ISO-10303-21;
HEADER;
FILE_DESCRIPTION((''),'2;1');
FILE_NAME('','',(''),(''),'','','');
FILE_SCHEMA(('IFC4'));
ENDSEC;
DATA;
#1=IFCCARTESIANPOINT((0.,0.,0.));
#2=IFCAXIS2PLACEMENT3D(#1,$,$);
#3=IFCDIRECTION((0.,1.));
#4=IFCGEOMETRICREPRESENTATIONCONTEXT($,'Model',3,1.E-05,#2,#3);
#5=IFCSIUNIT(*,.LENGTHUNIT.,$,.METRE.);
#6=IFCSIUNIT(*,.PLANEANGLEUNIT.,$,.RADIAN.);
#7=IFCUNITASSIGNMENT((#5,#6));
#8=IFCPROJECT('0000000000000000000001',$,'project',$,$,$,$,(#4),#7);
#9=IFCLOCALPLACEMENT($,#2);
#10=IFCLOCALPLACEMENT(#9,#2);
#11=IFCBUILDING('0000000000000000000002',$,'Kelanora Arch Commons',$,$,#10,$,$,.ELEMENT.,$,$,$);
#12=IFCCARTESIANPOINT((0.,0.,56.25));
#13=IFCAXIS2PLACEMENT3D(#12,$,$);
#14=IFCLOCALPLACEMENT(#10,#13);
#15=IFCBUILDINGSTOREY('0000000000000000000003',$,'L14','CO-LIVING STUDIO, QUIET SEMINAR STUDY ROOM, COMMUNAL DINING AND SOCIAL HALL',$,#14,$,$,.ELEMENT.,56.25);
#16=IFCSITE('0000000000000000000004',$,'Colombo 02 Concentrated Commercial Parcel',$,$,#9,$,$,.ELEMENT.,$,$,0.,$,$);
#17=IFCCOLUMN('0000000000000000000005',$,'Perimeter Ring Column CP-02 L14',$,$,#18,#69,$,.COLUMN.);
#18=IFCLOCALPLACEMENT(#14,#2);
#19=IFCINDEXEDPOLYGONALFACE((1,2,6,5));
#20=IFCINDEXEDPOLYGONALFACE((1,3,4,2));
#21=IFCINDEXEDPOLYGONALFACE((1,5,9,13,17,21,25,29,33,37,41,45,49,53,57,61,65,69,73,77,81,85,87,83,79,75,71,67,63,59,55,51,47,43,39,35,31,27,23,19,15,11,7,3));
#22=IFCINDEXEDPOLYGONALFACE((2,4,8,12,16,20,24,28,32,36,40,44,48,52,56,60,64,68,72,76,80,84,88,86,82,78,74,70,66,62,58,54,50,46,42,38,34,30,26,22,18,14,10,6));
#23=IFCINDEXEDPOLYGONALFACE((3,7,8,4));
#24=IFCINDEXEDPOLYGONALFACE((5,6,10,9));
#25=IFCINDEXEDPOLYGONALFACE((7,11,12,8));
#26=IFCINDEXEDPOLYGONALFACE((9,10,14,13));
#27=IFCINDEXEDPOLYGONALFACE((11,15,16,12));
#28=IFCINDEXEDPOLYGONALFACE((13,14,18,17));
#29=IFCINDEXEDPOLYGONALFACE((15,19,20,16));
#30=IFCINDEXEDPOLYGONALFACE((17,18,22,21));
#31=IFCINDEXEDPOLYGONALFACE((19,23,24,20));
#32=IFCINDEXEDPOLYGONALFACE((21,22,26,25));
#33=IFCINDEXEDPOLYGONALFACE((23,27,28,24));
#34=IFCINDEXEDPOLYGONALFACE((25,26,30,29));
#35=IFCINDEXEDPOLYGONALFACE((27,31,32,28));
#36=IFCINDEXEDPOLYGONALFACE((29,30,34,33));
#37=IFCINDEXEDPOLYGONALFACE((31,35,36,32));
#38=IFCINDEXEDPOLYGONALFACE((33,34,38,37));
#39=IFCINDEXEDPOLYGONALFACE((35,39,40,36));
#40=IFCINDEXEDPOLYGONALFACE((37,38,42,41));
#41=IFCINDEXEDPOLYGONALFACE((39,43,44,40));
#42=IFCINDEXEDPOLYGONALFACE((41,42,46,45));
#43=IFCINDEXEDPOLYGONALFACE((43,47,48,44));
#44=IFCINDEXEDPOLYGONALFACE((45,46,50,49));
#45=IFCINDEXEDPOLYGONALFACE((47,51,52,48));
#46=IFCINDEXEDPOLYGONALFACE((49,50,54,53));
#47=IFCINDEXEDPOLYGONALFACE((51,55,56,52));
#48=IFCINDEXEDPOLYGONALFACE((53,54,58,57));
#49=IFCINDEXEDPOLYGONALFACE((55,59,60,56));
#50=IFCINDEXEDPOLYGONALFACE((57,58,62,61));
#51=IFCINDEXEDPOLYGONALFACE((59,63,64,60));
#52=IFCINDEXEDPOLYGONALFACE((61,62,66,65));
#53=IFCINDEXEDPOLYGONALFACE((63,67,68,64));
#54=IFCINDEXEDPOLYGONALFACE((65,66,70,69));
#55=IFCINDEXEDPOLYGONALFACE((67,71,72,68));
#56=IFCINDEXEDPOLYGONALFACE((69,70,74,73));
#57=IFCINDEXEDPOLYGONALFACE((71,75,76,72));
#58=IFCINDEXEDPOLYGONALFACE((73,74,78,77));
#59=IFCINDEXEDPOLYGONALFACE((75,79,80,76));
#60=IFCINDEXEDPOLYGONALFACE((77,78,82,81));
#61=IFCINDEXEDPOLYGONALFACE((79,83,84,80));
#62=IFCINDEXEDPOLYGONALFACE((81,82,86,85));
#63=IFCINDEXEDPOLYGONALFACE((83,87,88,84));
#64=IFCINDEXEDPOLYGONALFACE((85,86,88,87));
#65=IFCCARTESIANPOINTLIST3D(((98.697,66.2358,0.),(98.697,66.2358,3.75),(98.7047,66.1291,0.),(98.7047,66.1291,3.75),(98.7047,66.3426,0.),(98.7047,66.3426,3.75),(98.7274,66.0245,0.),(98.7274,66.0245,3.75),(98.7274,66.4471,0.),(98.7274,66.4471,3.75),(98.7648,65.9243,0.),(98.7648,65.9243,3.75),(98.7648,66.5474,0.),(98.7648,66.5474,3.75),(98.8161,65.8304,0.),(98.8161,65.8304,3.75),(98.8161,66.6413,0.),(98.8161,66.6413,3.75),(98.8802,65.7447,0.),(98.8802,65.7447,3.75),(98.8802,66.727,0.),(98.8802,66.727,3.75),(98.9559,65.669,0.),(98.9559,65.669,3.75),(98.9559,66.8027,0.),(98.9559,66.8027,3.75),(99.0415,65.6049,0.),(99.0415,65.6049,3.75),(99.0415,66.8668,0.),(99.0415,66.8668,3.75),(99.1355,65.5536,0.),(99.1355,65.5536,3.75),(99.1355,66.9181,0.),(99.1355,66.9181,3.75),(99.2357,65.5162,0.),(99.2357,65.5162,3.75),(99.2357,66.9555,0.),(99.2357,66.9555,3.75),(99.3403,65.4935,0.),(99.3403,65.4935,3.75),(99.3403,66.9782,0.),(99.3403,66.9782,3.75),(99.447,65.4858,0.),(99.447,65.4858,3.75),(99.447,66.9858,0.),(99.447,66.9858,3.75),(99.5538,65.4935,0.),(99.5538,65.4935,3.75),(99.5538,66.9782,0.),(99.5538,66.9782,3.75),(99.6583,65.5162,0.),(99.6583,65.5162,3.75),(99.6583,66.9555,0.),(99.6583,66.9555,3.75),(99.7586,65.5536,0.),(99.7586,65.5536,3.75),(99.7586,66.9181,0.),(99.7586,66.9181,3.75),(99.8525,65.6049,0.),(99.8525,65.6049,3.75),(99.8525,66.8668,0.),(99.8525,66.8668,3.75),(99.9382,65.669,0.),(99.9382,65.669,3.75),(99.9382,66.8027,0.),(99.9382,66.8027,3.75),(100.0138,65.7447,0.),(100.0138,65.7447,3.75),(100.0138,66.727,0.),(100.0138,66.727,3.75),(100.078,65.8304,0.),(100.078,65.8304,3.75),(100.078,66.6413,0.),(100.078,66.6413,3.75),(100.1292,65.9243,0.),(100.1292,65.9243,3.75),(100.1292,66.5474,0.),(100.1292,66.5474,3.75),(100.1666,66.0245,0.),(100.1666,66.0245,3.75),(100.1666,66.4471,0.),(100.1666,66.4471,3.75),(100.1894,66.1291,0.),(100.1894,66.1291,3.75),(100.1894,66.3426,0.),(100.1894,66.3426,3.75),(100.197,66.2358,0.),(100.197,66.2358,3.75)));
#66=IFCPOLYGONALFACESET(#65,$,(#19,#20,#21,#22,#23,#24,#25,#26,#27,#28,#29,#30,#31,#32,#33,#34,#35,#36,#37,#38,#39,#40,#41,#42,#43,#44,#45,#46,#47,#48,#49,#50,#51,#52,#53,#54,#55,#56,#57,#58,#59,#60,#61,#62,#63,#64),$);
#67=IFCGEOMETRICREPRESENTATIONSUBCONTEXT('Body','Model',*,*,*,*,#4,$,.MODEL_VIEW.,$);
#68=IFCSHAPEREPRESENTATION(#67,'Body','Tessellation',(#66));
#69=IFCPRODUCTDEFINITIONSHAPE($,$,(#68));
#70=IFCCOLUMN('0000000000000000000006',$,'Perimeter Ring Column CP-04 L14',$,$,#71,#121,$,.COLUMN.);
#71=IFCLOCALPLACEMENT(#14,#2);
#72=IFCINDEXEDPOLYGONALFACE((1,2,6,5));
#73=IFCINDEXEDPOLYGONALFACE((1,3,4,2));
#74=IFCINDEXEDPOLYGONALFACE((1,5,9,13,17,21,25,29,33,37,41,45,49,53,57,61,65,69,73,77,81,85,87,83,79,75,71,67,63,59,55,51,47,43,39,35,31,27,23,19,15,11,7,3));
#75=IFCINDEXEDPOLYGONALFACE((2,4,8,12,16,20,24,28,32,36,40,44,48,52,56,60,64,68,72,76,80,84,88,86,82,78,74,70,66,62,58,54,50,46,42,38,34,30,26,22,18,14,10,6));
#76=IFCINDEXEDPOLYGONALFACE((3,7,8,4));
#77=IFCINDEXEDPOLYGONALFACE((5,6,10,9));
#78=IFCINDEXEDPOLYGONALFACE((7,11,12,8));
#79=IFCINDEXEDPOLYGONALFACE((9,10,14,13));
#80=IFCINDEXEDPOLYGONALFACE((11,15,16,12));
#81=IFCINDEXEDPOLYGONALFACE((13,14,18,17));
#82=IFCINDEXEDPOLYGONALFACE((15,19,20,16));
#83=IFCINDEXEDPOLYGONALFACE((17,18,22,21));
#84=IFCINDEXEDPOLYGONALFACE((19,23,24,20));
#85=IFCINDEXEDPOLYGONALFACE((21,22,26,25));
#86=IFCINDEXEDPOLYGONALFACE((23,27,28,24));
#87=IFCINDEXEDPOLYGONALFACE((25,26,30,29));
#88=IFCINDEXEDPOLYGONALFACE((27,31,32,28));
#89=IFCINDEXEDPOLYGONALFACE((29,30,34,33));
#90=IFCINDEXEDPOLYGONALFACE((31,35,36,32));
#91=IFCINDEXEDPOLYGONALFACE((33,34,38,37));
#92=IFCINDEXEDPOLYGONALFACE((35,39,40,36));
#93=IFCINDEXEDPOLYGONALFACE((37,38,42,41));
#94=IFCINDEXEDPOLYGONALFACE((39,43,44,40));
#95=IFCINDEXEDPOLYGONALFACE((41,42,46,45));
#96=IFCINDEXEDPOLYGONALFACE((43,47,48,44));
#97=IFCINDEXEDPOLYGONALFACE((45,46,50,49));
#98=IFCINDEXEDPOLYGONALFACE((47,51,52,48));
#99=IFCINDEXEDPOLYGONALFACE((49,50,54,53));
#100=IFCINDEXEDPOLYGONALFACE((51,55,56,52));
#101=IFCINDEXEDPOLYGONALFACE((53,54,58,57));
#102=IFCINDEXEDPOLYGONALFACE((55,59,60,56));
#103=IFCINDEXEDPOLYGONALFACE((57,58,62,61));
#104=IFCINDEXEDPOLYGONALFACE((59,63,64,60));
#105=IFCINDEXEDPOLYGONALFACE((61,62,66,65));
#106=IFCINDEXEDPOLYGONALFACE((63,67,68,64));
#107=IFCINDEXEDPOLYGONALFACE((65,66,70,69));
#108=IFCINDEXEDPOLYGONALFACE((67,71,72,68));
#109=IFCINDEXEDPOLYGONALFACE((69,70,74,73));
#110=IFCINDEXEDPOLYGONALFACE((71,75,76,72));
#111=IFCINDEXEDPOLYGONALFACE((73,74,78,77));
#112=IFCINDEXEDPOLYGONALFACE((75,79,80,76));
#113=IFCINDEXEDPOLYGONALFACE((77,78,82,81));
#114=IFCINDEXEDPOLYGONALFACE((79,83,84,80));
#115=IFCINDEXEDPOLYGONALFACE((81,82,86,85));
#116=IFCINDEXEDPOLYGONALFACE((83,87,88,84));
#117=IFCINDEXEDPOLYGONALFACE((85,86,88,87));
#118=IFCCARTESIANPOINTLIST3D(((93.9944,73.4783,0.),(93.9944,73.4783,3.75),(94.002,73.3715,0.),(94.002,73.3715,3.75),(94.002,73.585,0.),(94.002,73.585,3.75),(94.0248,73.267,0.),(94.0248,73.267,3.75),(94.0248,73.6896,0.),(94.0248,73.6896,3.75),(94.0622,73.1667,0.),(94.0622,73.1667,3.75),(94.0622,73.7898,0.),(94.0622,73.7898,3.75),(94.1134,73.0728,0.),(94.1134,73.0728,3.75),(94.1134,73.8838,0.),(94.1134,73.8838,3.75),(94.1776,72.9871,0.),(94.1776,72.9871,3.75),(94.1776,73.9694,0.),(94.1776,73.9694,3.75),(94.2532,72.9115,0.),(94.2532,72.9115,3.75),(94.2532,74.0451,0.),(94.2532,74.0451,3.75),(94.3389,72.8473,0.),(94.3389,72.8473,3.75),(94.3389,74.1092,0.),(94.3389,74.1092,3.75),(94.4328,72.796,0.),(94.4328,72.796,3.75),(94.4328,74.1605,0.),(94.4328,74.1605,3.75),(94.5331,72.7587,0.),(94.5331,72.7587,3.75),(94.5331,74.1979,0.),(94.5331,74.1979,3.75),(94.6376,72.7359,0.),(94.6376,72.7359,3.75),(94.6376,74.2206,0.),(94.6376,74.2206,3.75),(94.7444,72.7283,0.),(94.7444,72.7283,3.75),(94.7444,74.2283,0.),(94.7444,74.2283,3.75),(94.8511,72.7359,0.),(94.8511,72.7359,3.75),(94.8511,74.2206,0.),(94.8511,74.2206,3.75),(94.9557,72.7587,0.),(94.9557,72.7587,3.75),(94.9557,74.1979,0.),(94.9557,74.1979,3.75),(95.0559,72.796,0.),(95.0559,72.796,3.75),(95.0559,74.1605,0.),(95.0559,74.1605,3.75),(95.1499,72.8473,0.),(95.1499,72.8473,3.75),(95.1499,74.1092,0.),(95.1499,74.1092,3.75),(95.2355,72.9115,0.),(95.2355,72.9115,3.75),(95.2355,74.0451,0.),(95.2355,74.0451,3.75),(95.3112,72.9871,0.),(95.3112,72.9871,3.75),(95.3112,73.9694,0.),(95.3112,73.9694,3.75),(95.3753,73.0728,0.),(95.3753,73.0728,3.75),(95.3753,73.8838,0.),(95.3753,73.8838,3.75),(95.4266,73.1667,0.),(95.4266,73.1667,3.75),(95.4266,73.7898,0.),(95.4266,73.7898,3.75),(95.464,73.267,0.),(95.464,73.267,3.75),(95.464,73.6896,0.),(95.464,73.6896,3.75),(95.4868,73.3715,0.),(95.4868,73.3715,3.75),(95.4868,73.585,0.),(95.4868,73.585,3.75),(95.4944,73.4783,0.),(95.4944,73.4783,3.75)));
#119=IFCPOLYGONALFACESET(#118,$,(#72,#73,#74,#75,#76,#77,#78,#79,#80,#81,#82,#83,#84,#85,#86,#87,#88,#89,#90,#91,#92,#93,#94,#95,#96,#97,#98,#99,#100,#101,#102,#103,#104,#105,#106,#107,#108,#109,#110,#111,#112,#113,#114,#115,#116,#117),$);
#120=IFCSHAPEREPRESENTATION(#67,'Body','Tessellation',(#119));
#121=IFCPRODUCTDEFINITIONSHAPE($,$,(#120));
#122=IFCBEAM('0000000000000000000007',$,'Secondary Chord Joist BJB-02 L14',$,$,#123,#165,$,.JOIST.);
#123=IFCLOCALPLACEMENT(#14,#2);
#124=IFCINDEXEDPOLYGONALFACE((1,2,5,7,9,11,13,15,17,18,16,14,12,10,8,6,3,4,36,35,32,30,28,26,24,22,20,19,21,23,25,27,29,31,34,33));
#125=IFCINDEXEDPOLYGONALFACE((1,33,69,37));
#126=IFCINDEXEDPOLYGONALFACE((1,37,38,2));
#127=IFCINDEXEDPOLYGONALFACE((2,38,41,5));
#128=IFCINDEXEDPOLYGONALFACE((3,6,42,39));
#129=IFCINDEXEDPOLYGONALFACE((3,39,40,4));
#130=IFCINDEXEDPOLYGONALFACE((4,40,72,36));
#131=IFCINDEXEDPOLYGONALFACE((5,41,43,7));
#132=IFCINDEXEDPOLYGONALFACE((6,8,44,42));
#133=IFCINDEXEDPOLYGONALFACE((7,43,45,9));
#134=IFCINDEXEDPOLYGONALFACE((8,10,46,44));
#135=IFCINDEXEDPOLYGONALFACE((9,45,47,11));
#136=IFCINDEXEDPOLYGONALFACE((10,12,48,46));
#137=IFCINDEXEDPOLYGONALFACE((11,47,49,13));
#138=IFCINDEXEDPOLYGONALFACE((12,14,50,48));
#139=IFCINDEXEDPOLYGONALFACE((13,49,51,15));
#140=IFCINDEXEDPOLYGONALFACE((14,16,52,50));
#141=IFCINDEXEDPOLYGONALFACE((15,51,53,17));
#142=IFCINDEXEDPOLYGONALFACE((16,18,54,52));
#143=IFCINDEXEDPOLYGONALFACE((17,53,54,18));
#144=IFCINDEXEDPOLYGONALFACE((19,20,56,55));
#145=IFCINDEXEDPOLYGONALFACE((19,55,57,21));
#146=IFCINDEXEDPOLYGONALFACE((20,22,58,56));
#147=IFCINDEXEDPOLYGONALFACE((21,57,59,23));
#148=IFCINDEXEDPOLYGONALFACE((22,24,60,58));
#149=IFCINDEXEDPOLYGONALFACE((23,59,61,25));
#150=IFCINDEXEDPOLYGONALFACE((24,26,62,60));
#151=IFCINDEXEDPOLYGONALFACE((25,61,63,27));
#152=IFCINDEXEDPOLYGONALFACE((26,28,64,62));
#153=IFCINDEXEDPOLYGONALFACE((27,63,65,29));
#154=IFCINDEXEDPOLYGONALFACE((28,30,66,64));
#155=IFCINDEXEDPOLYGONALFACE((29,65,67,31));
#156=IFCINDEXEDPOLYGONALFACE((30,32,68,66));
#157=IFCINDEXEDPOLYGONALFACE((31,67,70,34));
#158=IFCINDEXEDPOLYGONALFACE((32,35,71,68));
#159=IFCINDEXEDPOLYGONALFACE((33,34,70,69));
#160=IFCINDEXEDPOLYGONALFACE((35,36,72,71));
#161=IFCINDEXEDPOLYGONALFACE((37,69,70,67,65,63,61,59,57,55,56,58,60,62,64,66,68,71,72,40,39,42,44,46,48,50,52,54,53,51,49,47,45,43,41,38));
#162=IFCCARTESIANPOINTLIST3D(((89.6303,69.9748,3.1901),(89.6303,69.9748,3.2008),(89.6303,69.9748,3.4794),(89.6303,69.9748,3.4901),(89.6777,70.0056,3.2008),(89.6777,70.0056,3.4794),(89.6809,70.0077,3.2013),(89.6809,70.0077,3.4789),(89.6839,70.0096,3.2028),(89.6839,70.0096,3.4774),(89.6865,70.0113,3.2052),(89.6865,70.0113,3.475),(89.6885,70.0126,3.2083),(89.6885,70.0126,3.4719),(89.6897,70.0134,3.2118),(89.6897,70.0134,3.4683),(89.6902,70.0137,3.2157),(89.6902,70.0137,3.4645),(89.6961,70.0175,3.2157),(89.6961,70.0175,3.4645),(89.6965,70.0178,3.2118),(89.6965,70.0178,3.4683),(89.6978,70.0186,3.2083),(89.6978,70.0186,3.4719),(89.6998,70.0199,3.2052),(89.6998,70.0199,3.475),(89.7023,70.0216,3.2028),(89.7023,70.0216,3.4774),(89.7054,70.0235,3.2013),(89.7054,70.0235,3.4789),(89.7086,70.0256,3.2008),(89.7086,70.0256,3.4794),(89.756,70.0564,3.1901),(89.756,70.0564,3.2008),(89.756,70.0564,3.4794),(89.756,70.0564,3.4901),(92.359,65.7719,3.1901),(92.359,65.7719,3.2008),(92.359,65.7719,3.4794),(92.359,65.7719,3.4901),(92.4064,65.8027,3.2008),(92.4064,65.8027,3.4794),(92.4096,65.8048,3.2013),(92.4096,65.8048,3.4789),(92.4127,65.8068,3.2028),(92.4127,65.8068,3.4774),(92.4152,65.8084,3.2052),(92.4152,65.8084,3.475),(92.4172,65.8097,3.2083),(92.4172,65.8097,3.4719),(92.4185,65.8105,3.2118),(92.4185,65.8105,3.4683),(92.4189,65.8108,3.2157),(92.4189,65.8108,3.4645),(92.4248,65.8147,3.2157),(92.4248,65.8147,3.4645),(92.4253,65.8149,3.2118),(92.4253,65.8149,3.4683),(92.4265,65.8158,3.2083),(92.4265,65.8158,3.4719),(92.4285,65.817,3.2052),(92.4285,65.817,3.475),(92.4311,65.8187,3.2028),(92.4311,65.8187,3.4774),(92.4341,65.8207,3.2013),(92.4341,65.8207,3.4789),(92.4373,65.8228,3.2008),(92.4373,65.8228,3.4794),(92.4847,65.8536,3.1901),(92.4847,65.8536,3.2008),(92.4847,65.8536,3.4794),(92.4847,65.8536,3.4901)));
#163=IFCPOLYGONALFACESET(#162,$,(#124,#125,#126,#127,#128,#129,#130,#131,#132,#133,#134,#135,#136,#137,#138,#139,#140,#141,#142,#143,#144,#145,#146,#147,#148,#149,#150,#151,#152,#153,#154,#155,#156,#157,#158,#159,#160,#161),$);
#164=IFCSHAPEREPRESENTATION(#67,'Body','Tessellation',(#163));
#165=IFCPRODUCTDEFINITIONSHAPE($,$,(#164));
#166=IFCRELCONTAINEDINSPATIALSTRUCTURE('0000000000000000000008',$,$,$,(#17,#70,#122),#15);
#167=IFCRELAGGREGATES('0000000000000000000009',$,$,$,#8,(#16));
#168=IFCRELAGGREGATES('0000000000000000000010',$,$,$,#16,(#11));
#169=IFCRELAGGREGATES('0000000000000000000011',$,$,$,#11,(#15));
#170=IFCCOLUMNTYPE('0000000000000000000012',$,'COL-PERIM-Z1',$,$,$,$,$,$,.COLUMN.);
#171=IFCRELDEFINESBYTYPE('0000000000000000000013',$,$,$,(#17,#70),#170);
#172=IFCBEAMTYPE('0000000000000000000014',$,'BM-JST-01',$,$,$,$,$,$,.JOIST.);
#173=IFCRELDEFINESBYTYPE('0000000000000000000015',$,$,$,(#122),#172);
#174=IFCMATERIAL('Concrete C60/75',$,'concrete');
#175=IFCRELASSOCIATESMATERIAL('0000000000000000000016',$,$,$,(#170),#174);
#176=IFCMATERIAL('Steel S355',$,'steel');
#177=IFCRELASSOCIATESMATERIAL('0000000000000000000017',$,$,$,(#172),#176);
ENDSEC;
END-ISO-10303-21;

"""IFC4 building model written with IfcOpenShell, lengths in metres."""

from ifc_helpers import new_model, si_unit, direction, frame, origin, origin_2d, place, context, subcontext, project, spatial, circle, i_section, extrude, material, material_profile, profile_set, type_object, element, save


model = new_model("IFC4")

# Units and contexts
model_context = context("Model", 3, precision=1e-05, world=origin(), true_north=direction((0.0, 1.0)))
body_context = subcontext(model_context, "Body", "Model", "MODEL_VIEW")
ifc_project = project(units=[si_unit("LENGTHUNIT", "METRE"), si_unit("PLANEANGLEUNIT", "RADIAN")], contexts=[model_context])

# Site, building, storey
site_placement = place(None, origin())
site = spatial("IfcSite", under=ifc_project, at=site_placement, Name="Colombo 02 Concentrated Commercial Parcel", CompositionType="ELEMENT", RefElevation=0.0)
building_placement = place(site_placement, origin())
building = spatial("IfcBuilding", under=site, at=building_placement, Name="Kelanora Arch Commons", CompositionType="ELEMENT")
storey_placement = place(building_placement, frame((0.0, 0.0, 56.25)))
storey = spatial("IfcBuildingStorey", under=building, at=storey_placement, Name="L14", Description="CO-LIVING STUDIO, QUIET SEMINAR STUDY ROOM, COMMUNAL DINING AND SOCIAL HALL", CompositionType="ELEMENT", Elevation=56.25)

# Columns
ifc_material_1 = material(Name="Concrete C60/75", Category="concrete")
ifc_material_profile_1 = material_profile(ifc_material_1, circle(Radius=0.75, at=origin_2d()), Name="RCC1500")
ifc_profile_set_1 = profile_set([ifc_material_profile_1], Name="Concrete C60/75")
column_type = type_object("IfcColumnType", Name="COL-PERIM-Z1", PredefinedType="COLUMN", material=ifc_profile_set_1)
for number, where, z_axis, x_axis, name in (
    (1, (99.447, 66.2358, 0.0), (0.0, 0.0, 1.0), (1.0, 0.0, 0.0), "Perimeter Ring Column CP-02 L14"),
    (2, (94.7444, 73.4783, 0.0), (0.0, 0.0, 1.0), (1.0, 0.0, 0.0), "Perimeter Ring Column CP-04 L14"),
):
    element("IfcColumn", number, at=place(storey_placement, frame(where, z_axis=z_axis, x_axis=x_axis)), inside=storey, type_object=column_type, Name=name, PredefinedType="COLUMN", context=body_context, shape_type="SweptSolid", body=[
        extrude(circle(Radius=0.75, at=origin_2d()), origin(), (0.0, 0.0, 1.0), 3.75),
    ])

# Beam
ifc_material_2 = material(Name="Steel S355", Category="steel")
ifc_material_profile_2 = material_profile(ifc_material_2, i_section(OverallWidth=0.1499, OverallDepth=0.3, WebThickness=0.0071, FlangeThickness=0.0107, FilletRadius=0.0149, at=origin_2d()), Name="IPE300")
ifc_profile_set_2 = profile_set([ifc_material_profile_2], Name="Steel S355")
beam_type_1 = type_object("IfcBeamType", Name="BM-JST-01", PredefinedType="JOIST", material=ifc_profile_set_2)
beam_1_placement = place(storey_placement, frame((92.4219, 65.8127, 3.3401), z_axis=(-0.544552, 0.838727, 0.0), x_axis=(-0.838727, -0.544552, 0.0)))
element("IfcBeam", 3, at=beam_1_placement, inside=storey, type_object=beam_type_1, Name="Secondary Chord Joist BJB-02 L14", PredefinedType="JOIST", context=body_context, shape_type="SweptSolid", body=[
    extrude(i_section(OverallWidth=0.1499, OverallDepth=0.3, WebThickness=0.0071, FlangeThickness=0.0107, FilletRadius=0.0149, at=origin_2d()), origin(), (0.0, 0.0, 1.0), 5.011),
])

save(model, "model.ifc")
